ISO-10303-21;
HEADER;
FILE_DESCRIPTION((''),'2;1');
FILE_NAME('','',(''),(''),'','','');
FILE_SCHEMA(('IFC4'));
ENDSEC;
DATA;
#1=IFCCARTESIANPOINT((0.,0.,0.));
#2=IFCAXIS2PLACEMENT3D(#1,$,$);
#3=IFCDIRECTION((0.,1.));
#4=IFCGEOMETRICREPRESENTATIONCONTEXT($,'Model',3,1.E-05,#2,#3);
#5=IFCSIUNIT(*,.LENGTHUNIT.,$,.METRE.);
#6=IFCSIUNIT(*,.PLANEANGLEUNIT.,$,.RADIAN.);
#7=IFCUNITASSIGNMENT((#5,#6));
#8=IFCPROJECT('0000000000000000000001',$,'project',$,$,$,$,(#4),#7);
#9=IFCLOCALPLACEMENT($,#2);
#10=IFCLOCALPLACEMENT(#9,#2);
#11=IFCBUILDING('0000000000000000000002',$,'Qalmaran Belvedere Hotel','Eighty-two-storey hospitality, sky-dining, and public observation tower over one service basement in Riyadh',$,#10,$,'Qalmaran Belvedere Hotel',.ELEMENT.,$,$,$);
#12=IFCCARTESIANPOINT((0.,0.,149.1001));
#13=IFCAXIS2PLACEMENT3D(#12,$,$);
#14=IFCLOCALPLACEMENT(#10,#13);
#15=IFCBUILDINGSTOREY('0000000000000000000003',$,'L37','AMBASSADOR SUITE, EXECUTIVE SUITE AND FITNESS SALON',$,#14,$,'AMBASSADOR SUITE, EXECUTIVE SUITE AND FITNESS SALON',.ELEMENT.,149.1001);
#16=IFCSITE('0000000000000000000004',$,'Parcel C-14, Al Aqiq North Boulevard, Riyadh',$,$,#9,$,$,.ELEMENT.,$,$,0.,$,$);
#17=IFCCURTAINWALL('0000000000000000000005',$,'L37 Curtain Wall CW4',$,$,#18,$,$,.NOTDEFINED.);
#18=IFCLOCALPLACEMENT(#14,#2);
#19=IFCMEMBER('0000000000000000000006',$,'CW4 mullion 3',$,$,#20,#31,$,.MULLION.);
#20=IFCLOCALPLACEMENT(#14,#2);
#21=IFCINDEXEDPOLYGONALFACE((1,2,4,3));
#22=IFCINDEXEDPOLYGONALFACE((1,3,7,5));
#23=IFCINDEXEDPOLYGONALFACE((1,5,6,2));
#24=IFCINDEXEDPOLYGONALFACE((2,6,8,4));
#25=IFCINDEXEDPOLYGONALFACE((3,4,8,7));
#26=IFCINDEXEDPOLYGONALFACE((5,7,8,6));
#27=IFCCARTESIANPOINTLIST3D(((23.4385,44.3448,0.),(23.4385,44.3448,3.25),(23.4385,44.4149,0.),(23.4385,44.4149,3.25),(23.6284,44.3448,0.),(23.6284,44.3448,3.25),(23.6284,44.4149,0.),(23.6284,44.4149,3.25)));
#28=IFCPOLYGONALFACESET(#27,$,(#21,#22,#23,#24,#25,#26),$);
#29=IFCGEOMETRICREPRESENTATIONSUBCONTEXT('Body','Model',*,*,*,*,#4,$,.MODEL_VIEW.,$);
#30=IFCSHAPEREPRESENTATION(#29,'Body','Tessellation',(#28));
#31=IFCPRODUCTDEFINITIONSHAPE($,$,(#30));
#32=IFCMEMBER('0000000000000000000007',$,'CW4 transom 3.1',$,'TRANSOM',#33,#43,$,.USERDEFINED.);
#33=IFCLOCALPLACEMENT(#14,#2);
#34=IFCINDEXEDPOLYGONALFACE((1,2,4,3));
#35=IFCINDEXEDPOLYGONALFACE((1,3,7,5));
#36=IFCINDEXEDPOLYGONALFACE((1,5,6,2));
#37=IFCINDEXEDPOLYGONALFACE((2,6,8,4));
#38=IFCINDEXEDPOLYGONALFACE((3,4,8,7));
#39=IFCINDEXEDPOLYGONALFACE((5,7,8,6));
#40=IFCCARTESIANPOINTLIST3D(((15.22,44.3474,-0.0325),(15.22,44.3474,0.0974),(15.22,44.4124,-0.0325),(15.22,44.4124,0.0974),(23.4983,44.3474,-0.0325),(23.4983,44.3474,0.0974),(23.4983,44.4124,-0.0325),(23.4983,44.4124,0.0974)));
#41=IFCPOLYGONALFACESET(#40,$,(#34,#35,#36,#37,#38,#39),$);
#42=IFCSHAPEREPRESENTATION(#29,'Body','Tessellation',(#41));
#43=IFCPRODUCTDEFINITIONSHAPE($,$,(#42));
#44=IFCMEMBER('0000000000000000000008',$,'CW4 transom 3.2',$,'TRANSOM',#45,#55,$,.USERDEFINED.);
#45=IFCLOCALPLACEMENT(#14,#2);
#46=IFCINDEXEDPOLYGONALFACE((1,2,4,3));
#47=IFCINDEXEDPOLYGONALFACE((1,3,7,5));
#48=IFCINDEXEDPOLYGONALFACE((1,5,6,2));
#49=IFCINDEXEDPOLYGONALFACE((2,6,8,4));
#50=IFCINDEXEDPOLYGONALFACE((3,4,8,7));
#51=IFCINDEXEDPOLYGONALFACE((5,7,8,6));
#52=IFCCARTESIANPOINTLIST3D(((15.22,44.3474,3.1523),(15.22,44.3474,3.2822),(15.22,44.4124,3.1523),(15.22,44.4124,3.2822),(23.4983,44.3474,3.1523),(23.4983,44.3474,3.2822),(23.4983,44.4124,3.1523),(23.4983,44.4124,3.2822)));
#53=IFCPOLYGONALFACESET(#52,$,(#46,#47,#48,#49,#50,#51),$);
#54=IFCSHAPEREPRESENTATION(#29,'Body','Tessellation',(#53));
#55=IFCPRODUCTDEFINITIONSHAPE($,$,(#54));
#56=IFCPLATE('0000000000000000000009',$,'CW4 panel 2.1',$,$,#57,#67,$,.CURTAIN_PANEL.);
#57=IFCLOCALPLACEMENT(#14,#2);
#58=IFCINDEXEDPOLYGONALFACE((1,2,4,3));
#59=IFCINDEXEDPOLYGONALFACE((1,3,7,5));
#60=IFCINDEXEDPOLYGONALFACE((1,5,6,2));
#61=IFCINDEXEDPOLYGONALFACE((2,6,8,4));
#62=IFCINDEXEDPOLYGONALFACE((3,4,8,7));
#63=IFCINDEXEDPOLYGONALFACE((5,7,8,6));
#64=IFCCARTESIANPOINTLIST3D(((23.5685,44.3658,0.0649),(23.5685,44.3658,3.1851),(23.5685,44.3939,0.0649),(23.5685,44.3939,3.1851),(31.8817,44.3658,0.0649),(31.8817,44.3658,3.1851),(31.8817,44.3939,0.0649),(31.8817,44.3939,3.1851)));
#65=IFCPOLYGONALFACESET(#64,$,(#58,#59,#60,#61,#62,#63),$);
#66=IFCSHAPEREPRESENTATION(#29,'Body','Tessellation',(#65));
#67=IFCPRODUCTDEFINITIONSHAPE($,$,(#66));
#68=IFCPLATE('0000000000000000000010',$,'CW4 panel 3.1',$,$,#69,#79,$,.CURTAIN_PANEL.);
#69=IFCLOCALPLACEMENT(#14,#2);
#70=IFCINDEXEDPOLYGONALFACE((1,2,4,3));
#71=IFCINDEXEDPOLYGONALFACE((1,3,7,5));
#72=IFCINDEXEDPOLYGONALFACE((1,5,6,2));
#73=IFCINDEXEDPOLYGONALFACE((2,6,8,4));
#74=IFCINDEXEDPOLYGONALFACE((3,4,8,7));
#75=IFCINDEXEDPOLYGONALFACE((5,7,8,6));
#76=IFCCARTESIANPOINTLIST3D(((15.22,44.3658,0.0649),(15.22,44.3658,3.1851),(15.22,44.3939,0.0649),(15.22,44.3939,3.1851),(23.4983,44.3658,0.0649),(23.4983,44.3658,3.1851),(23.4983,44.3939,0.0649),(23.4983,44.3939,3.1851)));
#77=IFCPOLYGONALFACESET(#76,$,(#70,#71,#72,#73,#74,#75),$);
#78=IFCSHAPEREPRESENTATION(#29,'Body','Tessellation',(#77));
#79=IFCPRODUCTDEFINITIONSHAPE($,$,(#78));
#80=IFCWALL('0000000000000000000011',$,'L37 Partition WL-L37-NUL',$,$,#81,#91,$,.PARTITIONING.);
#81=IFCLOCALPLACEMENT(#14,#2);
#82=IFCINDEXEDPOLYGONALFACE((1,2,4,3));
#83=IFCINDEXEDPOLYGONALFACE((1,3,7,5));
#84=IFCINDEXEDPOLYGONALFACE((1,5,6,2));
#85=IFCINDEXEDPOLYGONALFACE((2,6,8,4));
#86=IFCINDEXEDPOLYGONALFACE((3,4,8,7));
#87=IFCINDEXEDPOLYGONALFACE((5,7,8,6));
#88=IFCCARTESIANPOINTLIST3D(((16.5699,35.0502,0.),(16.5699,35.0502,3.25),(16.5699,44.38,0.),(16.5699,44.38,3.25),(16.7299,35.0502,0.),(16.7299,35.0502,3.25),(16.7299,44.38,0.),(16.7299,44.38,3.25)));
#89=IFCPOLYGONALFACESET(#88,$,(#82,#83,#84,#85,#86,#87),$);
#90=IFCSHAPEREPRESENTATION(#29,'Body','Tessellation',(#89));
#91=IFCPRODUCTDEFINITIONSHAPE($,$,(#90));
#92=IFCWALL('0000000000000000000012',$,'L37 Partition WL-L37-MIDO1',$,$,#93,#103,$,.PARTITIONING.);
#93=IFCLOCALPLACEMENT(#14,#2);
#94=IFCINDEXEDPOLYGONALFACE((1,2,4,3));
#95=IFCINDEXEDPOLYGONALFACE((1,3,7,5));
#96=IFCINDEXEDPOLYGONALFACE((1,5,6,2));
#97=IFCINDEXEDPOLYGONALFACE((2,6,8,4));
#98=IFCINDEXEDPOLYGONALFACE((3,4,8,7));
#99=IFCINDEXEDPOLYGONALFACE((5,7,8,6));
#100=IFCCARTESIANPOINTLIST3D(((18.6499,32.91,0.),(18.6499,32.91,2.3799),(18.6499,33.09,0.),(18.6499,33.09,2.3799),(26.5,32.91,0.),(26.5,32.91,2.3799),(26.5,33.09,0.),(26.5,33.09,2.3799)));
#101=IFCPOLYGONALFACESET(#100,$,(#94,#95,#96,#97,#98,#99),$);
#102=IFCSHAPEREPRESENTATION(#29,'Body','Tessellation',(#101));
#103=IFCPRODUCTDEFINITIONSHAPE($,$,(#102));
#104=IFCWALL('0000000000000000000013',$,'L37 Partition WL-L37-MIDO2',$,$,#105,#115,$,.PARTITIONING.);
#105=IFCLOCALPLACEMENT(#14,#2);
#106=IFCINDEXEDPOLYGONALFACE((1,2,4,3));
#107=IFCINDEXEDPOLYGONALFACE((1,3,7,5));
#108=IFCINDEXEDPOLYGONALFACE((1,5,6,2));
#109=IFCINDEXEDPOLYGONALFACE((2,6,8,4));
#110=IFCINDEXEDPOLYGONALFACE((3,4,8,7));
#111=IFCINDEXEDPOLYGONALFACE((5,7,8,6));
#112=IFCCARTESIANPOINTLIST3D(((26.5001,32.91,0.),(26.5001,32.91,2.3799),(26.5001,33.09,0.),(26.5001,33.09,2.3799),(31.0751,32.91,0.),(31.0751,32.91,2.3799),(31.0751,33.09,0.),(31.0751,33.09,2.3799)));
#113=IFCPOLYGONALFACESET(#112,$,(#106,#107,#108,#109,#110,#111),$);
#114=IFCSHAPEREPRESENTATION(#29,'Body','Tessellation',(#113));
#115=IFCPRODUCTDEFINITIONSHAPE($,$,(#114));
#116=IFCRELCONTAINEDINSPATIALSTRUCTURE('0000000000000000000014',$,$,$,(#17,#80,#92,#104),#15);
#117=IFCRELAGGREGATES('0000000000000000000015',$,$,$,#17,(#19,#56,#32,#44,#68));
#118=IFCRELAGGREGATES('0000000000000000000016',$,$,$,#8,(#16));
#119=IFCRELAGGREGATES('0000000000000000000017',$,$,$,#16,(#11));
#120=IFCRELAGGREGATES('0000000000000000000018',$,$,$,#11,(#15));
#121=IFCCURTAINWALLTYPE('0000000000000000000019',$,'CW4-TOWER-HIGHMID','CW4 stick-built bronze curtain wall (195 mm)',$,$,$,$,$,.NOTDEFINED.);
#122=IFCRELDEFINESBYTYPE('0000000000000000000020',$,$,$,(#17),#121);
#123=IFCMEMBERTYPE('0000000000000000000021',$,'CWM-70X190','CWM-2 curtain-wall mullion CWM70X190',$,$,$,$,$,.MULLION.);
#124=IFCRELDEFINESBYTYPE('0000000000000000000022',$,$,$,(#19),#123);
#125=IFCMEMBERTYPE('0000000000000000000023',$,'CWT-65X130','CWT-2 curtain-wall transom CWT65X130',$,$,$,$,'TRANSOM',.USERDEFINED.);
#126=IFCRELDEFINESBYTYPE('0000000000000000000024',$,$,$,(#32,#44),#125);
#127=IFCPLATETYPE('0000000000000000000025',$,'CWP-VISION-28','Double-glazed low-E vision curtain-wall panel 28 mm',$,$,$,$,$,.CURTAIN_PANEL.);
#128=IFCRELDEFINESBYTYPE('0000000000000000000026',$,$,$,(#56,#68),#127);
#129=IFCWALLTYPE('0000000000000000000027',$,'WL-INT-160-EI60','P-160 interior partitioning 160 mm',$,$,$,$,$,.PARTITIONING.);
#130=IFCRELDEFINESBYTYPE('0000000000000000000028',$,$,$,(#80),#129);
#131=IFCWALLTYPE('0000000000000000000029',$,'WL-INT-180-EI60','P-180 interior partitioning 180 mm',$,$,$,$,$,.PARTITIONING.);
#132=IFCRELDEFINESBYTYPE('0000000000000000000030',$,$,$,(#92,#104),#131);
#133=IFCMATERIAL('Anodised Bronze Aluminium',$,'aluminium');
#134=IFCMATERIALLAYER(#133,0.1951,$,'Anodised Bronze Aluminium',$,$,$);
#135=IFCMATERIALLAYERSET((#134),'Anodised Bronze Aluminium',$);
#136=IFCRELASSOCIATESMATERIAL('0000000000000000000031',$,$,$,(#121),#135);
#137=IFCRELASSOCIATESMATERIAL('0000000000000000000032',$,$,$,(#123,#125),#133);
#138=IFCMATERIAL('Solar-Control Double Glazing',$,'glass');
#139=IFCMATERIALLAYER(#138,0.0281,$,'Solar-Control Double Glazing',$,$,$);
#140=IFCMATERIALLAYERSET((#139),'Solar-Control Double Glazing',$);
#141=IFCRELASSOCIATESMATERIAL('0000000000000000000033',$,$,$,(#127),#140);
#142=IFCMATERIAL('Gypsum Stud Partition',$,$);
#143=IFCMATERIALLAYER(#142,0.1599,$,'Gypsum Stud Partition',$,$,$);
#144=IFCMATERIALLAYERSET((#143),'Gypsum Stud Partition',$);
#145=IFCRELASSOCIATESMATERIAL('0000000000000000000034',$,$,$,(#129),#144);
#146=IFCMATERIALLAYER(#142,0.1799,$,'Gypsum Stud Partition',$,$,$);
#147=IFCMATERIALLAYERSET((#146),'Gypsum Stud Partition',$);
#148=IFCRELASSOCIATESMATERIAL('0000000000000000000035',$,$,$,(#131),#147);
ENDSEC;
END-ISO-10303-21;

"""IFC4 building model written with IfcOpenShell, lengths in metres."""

from ifc_helpers import new_model, si_unit, direction, frame, frame_2d, origin, origin_2d, place, context, subcontext, project, spatial, rectangle, extrude, material, layer, layer_set, material_profile, profile_set, type_object, element, aggregate, save


model = new_model("IFC4")

# Units and contexts
model_context = context("Model", 3, precision=1e-05, world=origin(), true_north=direction((0.0, 1.0)))
body_context = subcontext(model_context, "Body", "Model", "MODEL_VIEW")
ifc_project = project(units=[si_unit("LENGTHUNIT", "METRE"), si_unit("PLANEANGLEUNIT", "RADIAN")], contexts=[model_context])

# Site, building, storey
site_placement = place(None, origin())
site = spatial("IfcSite", under=ifc_project, at=site_placement, Name="Parcel C-14, Al Aqiq North Boulevard, Riyadh", CompositionType="ELEMENT", RefElevation=0.0)
building_placement = place(site_placement, origin())
building = spatial("IfcBuilding", under=site, at=building_placement, Name="Qalmaran Belvedere Hotel", Description="Eighty-two-storey hospitality, sky-dining, and public observation tower over one service basement in Riyadh", LongName="Qalmaran Belvedere Hotel", CompositionType="ELEMENT")
storey_placement = place(building_placement, frame((0.0, 0.0, 149.1001)))
storey = spatial("IfcBuildingStorey", under=building, at=storey_placement, Name="L37", Description="AMBASSADOR SUITE, EXECUTIVE SUITE AND FITNESS SALON", LongName="AMBASSADOR SUITE, EXECUTIVE SUITE AND FITNESS SALON", CompositionType="ELEMENT", Elevation=149.1001)

# Curtain wall, members, plates
ifc_material_1 = material(Name="Anodised Bronze Aluminium", Category="aluminium")
ifc_layer_1 = layer(ifc_material_1, 0.1951, Name="Anodised Bronze Aluminium")
ifc_layer_set_1 = layer_set([ifc_layer_1], Name="Anodised Bronze Aluminium")
curtain_wall_type = type_object("IfcCurtainWallType", Name="CW4-TOWER-HIGHMID", Description="CW4 stick-built bronze curtain wall (195 mm)", PredefinedType="NOTDEFINED", material=ifc_layer_set_1)
curtain_wall_placement = place(storey_placement, origin())
curtain_wall = element("IfcCurtainWall", 1, at=curtain_wall_placement, inside=storey, type_object=curtain_wall_type, Name="L37 Curtain Wall CW4", PredefinedType="NOTDEFINED")
ifc_material_profile_1 = material_profile(ifc_material_1, rectangle(XDim=0.0701, YDim=0.1899, at=origin_2d()), Name="CWM70X190")
ifc_profile_set_1 = profile_set([ifc_material_profile_1], Name="Anodised Bronze Aluminium")
member_type_1 = type_object("IfcMemberType", Name="CWM-70X190", Description="CWM-2 curtain-wall mullion CWM70X190", PredefinedType="MULLION", material=ifc_profile_set_1)
member_1_placement = place(storey_placement, frame((23.5334, 44.3799, 0.0), z_axis=(0.0, 0.0, 1.0), x_axis=(0.0, -1.0, 0.0)))
member_1 = element("IfcMember", 2, at=member_1_placement, type_object=member_type_1, Name="CW4 mullion 3", PredefinedType="MULLION", context=body_context, shape_type="SweptSolid", body=[
    extrude(rectangle(XDim=0.0701, YDim=0.1899, at=origin_2d()), origin(), (0.0, 0.0, 1.0), 3.25),
])
ifc_material_profile_2 = material_profile(ifc_material_1, rectangle(XDim=0.0649, YDim=0.1299, at=origin_2d()), Name="CWT65X130")
ifc_profile_set_2 = profile_set([ifc_material_profile_2], Name="Anodised Bronze Aluminium")
member_type_2 = type_object("IfcMemberType", Name="CWT-65X130", Description="CWT-2 curtain-wall transom CWT65X130", ElementType="TRANSOM", PredefinedType="USERDEFINED", material=ifc_profile_set_2)
member_2_placement = place(storey_placement, frame((23.4983, 44.3799, 0.0325), z_axis=(-1.0, 0.0, 0.0), x_axis=(0.0, -1.0, 0.0)))
member_2 = element("IfcMember", 3, at=member_2_placement, type_object=member_type_2, Name="CW4 transom 3.1", ObjectType="TRANSOM", PredefinedType="USERDEFINED", context=body_context, shape_type="SweptSolid", body=[
    extrude(rectangle(XDim=0.0649, YDim=0.1299, at=origin_2d()), origin(), (0.0, 0.0, 1.0), 8.2783),
])
member_3_placement = place(storey_placement, frame((23.4983, 44.3799, 3.2173), z_axis=(-1.0, 0.0, 0.0), x_axis=(0.0, -1.0, 0.0)))
member_3 = element("IfcMember", 4, at=member_3_placement, type_object=member_type_2, Name="CW4 transom 3.2", ObjectType="TRANSOM", PredefinedType="USERDEFINED", context=body_context, shape_type="SweptSolid", body=[
    extrude(rectangle(XDim=0.0649, YDim=0.1299, at=origin_2d()), origin(), (0.0, 0.0, 1.0), 8.2783),
])
ifc_material_2 = material(Name="Solar-Control Double Glazing", Category="glass")
ifc_layer_2 = layer(ifc_material_2, 0.0281, Name="Solar-Control Double Glazing")
ifc_layer_set_2 = layer_set([ifc_layer_2], Name="Solar-Control Double Glazing")
plate_type = type_object("IfcPlateType", Name="CWP-VISION-28", Description="Double-glazed low-E vision curtain-wall panel 28 mm", PredefinedType="CURTAIN_PANEL", material=ifc_layer_set_2)
plate_1_placement = place(storey_placement, frame((27.7251, 44.3799, 0.0649), z_axis=(0.0, 0.0, 1.0), x_axis=(-1.0, 0.0, 0.0)))
plate_1 = element("IfcPlate", 5, at=plate_1_placement, type_object=plate_type, Name="CW4 panel 2.1", PredefinedType="CURTAIN_PANEL", context=body_context, shape_type="SweptSolid", body=[
    extrude(rectangle(XDim=8.3132, YDim=0.0281, at=origin_2d()), origin(), (0.0, 0.0, 1.0), 3.1201),
])
plate_2_placement = place(storey_placement, frame((19.3591, 44.3799, 0.0649), z_axis=(0.0, 0.0, 1.0), x_axis=(-1.0, 0.0, 0.0)))
plate_2 = element("IfcPlate", 6, at=plate_2_placement, type_object=plate_type, Name="CW4 panel 3.1", PredefinedType="CURTAIN_PANEL", context=body_context, shape_type="SweptSolid", body=[
    extrude(rectangle(XDim=8.2783, YDim=0.0281, at=origin_2d()), origin(), (0.0, 0.0, 1.0), 3.1201),
])
aggregate(curtain_wall, [member_1, plate_1, member_2, member_3, plate_2])

# Walls
ifc_material_3 = material(Name="Gypsum Stud Partition")
ifc_layer_3 = layer(ifc_material_3, 0.1599, Name="Gypsum Stud Partition")
ifc_layer_set_3 = layer_set([ifc_layer_3], Name="Gypsum Stud Partition")
wall_type_1 = type_object("IfcWallType", Name="WL-INT-160-EI60", Description="P-160 interior partitioning 160 mm", PredefinedType="PARTITIONING", material=ifc_layer_set_3)
wall_1_placement = place(storey_placement, frame((16.6499, 35.05, 0.0), z_axis=(0.0, 0.0, 1.0), x_axis=(0.0, 1.0, 0.0)))
element("IfcWall", 7, at=wall_1_placement, inside=storey, type_object=wall_type_1, Name="L37 Partition WL-L37-NUL", PredefinedType="PARTITIONING", context=body_context, shape_type="SweptSolid", body=[
    extrude(rectangle(XDim=9.3298, YDim=0.1599, at=frame_2d((4.665, 0.0))), origin(), (0.0, 0.0, 1.0), 3.25),
])
ifc_layer_4 = layer(ifc_material_3, 0.1799, Name="Gypsum Stud Partition")
ifc_layer_set_4 = layer_set([ifc_layer_4], Name="Gypsum Stud Partition")
wall_type_2 = type_object("IfcWallType", Name="WL-INT-180-EI60", Description="P-180 interior partitioning 180 mm", PredefinedType="PARTITIONING", material=ifc_layer_set_4)
wall_2_placement = place(storey_placement, frame((18.6499, 33.0, 0.0), z_axis=(0.0, 0.0, 1.0), x_axis=(1.0, 0.0, 0.0)))
element("IfcWall", 8, at=wall_2_placement, inside=storey, type_object=wall_type_2, Name="L37 Partition WL-L37-MIDO1", PredefinedType="PARTITIONING", context=body_context, shape_type="SweptSolid", body=[
    extrude(rectangle(XDim=7.8501, YDim=0.1799, at=frame_2d((3.925, 0.0))), origin(), (0.0, 0.0, 1.0), 2.3799),
])
wall_3_placement = place(storey_placement, frame((26.5, 33.0, 0.0), z_axis=(0.0, 0.0, 1.0), x_axis=(1.0, 0.0, 0.0)))
element("IfcWall", 9, at=wall_3_placement, inside=storey, type_object=wall_type_2, Name="L37 Partition WL-L37-MIDO2", PredefinedType="PARTITIONING", context=body_context, shape_type="SweptSolid", body=[
    extrude(rectangle(XDim=4.575, YDim=0.1799, at=frame_2d((2.2876, 0.0))), origin(), (0.0, 0.0, 1.0), 2.3799),
])

save(model, "model.ifc")
